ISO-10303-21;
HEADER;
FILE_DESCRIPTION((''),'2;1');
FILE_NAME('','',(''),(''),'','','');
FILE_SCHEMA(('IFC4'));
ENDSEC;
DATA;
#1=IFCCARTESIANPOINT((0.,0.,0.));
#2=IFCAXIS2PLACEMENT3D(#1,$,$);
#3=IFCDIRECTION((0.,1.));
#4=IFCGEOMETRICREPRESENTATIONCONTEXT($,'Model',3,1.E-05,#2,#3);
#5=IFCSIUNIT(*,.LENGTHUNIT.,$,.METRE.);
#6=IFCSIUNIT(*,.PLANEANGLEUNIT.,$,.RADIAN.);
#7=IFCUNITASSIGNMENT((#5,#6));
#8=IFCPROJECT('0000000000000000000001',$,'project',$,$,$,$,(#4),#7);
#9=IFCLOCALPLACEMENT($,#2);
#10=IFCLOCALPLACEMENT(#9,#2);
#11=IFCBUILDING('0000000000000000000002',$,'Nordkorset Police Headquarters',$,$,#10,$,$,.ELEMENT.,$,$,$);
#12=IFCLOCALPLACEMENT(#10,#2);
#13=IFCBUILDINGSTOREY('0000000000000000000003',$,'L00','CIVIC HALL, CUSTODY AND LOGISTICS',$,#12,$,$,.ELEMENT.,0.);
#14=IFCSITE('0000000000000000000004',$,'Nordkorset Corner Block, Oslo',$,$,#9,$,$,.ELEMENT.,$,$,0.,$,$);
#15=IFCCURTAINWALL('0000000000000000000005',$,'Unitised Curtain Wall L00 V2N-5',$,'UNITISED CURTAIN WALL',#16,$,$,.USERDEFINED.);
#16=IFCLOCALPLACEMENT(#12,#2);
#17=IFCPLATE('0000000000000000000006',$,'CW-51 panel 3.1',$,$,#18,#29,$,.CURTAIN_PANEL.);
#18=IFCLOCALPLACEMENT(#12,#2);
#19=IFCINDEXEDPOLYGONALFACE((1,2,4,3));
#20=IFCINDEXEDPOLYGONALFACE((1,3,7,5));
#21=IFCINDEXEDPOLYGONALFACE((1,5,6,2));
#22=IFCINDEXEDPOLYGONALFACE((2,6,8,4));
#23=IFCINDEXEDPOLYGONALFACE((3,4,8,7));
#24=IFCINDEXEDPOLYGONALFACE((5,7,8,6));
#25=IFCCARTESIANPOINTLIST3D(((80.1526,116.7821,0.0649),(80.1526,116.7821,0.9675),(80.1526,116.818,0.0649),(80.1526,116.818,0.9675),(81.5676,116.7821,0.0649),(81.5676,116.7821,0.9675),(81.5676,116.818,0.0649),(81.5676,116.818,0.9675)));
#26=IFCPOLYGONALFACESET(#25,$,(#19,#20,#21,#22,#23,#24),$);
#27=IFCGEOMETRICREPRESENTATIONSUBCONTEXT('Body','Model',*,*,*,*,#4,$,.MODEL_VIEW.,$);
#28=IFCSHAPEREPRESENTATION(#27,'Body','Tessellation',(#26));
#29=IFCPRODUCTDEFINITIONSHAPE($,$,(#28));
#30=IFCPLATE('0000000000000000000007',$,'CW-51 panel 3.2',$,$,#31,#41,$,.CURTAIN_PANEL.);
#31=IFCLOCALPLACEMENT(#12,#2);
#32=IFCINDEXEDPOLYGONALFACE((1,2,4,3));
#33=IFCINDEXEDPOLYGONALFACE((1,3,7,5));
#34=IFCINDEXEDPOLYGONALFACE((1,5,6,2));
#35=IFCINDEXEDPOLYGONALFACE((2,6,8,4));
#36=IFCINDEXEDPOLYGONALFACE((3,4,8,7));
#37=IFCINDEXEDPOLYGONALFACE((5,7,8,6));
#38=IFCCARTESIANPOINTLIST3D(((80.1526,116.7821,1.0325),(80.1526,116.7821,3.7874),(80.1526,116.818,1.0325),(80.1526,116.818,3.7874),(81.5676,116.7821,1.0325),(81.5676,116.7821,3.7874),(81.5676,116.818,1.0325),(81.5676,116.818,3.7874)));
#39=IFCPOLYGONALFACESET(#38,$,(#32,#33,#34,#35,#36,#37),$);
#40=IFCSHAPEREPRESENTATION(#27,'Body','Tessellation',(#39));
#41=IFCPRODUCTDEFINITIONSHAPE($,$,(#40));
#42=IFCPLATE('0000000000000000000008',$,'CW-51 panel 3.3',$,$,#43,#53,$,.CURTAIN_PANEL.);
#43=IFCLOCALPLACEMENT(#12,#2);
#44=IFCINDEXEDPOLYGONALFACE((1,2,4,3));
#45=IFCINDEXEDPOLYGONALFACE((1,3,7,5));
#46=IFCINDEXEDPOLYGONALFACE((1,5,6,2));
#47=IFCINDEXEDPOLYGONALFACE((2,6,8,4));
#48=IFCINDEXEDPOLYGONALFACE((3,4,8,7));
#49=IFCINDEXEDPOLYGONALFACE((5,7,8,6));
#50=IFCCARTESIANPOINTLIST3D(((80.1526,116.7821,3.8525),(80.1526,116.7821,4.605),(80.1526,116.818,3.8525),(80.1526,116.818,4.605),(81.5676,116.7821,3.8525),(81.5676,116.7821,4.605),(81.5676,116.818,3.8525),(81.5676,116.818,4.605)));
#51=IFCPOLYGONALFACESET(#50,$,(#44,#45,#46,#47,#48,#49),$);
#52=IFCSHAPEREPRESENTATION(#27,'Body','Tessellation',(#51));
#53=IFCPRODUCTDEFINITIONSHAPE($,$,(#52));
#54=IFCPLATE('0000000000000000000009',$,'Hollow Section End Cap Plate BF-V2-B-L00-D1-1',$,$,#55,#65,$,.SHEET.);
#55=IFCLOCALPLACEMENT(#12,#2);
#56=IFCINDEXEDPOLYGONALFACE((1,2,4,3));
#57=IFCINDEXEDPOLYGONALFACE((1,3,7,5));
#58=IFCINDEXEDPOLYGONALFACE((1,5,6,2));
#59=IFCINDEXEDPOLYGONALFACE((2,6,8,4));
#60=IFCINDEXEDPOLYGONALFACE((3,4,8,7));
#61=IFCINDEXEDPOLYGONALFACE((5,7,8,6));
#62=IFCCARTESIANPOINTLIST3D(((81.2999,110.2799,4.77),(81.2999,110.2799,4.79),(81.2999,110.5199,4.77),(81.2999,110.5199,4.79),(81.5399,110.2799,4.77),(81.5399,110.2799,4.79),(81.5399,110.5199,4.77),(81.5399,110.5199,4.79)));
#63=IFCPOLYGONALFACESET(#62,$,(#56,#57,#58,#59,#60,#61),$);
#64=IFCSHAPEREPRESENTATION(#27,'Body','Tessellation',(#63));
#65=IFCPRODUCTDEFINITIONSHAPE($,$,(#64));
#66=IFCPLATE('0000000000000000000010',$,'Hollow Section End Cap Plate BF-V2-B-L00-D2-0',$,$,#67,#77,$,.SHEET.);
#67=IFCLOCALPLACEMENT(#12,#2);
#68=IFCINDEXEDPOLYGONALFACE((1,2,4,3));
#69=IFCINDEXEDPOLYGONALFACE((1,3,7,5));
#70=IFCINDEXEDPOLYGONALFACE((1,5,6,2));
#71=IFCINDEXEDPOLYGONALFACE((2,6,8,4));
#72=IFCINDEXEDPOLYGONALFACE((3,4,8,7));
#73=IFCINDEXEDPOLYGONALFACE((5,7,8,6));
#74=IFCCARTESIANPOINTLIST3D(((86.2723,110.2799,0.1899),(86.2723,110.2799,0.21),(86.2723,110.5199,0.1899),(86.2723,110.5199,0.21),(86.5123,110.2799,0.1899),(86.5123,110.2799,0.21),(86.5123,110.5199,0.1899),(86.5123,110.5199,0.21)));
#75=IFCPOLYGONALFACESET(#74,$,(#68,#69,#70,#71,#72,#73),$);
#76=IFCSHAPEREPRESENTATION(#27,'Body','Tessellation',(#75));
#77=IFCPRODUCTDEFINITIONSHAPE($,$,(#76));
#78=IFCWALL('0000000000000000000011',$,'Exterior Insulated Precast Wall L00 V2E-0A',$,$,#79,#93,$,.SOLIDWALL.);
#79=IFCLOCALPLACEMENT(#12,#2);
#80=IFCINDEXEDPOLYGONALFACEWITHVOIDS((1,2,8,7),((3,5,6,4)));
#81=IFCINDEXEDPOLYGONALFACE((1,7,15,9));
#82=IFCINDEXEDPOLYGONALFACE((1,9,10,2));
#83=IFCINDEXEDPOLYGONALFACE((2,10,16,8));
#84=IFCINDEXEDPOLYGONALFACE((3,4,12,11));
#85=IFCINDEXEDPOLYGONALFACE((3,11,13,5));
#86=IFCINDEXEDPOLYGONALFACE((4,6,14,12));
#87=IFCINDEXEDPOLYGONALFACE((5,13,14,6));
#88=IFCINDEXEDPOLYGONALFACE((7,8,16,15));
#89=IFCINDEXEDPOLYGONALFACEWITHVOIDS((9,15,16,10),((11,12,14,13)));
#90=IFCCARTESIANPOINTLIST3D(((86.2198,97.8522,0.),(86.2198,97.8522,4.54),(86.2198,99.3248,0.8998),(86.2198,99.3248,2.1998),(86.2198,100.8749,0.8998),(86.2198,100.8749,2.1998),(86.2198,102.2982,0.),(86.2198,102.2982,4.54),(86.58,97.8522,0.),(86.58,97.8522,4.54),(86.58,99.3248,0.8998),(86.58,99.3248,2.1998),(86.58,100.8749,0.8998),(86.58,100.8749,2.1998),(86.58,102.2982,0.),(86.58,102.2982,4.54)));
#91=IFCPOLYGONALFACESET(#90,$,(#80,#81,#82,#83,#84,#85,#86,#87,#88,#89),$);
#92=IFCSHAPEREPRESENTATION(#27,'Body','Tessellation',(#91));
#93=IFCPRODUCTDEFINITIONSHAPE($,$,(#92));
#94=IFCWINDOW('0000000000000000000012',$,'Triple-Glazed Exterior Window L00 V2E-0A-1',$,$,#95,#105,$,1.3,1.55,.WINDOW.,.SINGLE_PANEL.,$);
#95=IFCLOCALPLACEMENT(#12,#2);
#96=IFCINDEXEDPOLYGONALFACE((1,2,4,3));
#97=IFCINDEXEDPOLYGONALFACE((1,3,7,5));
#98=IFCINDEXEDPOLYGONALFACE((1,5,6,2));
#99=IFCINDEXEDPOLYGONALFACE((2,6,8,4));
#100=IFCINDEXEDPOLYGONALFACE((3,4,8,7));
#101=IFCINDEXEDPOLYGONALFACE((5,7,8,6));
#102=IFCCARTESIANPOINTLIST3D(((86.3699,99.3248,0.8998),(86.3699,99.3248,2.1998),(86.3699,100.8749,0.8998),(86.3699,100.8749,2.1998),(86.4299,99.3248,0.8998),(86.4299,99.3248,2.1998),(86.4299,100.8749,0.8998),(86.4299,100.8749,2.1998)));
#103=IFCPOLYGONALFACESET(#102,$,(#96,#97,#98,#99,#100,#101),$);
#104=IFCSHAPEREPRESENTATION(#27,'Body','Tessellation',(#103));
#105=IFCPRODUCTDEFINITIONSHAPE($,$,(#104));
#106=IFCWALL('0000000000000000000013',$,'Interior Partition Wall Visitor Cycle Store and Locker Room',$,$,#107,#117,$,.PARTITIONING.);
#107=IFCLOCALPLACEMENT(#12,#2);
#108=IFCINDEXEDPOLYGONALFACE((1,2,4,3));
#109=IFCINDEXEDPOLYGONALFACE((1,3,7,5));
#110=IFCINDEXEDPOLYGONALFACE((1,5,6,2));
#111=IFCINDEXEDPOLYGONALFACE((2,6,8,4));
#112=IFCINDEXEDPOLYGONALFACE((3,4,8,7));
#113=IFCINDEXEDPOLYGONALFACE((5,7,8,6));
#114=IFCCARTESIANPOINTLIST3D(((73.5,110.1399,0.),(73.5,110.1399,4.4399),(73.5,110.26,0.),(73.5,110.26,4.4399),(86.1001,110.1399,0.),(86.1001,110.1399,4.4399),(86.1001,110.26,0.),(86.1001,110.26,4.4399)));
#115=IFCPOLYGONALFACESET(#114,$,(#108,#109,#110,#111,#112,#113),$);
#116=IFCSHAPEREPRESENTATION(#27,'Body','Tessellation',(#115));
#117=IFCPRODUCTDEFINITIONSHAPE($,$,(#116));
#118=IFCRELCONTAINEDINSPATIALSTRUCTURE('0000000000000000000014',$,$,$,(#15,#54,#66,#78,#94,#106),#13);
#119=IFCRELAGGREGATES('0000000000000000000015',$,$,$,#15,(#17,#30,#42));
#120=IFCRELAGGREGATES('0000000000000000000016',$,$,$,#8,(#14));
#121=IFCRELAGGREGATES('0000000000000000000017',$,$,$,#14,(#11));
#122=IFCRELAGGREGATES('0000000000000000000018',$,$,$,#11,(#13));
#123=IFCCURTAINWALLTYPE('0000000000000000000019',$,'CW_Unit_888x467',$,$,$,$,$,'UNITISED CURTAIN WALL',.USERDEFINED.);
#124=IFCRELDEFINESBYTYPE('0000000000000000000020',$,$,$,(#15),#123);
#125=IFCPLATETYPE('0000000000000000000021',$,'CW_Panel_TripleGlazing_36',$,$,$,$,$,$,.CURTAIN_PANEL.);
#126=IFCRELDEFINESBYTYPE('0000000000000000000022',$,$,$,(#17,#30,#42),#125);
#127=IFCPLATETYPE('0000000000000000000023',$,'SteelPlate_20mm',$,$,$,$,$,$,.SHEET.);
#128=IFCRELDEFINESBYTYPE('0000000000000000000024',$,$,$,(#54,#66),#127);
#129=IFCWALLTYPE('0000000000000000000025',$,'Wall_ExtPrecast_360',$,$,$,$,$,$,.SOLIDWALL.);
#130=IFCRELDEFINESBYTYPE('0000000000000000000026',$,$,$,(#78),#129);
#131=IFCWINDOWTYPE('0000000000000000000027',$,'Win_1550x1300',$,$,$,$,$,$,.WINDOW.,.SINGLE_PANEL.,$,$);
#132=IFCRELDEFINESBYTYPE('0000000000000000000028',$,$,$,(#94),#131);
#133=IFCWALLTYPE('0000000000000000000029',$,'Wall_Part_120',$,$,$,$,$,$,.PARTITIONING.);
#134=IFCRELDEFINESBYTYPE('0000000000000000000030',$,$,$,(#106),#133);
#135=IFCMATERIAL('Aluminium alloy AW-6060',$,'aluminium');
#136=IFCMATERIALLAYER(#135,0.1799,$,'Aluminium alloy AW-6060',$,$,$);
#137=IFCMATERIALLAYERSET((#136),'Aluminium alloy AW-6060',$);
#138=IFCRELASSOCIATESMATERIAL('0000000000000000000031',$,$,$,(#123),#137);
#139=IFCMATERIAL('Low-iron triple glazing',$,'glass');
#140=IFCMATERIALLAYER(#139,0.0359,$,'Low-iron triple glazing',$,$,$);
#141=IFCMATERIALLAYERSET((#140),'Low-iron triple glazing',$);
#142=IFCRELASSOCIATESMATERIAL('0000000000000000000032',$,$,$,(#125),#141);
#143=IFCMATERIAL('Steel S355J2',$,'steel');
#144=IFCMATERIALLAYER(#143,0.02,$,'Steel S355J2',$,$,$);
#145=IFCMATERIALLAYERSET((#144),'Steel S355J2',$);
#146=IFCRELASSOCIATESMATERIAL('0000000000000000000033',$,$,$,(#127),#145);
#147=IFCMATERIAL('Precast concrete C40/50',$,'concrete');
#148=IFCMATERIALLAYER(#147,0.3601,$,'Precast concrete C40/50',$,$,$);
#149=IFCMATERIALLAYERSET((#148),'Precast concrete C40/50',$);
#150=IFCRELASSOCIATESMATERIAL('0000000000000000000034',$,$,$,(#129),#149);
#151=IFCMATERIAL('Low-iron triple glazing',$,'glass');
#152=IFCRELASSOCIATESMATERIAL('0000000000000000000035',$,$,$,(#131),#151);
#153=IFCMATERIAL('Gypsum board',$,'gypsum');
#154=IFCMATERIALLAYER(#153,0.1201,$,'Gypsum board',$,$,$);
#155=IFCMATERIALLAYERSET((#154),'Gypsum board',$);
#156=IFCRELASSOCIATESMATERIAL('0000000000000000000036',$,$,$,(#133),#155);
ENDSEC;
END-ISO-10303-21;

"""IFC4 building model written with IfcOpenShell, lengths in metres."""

from ifc_helpers import new_model, si_unit, direction, frame, frame_2d, origin, origin_2d, place, context, subcontext, project, spatial, rectangle, extrude, material, layer, layer_set, type_object, element, fill, aggregate, save


model = new_model("IFC4")

# Units and contexts
model_context = context("Model", 3, precision=1e-05, world=origin(), true_north=direction((0.0, 1.0)))
body_context = subcontext(model_context, "Body", "Model", "MODEL_VIEW")
ifc_project = project(units=[si_unit("LENGTHUNIT", "METRE"), si_unit("PLANEANGLEUNIT", "RADIAN")], contexts=[model_context])

# Site, building, storey
site_placement = place(None, origin())
site = spatial("IfcSite", under=ifc_project, at=site_placement, Name="Nordkorset Corner Block, Oslo", CompositionType="ELEMENT", RefElevation=0.0)
building_placement = place(site_placement, origin())
building = spatial("IfcBuilding", under=site, at=building_placement, Name="Nordkorset Police Headquarters", CompositionType="ELEMENT")
storey_placement = place(building_placement, origin())
storey = spatial("IfcBuildingStorey", under=building, at=storey_placement, Name="L00", Description="CIVIC HALL, CUSTODY AND LOGISTICS", CompositionType="ELEMENT", Elevation=0.0)

# Curtain wall
ifc_material_1 = material(Name="Aluminium alloy AW-6060", Category="aluminium")
ifc_layer_1 = layer(ifc_material_1, 0.1799, Name="Aluminium alloy AW-6060")
ifc_layer_set_1 = layer_set([ifc_layer_1], Name="Aluminium alloy AW-6060")
curtain_wall_type = type_object("IfcCurtainWallType", Name="CW_Unit_888x467", ElementType="UNITISED CURTAIN WALL", PredefinedType="USERDEFINED", material=ifc_layer_set_1)
curtain_wall_placement = place(storey_placement, origin())
curtain_wall = element("IfcCurtainWall", 1, at=curtain_wall_placement, inside=storey, type_object=curtain_wall_type, Name="Unitised Curtain Wall L00 V2N-5", ObjectType="UNITISED CURTAIN WALL", PredefinedType="USERDEFINED")

# Plates
ifc_material_2 = material(Name="Low-iron triple glazing", Category="glass")
ifc_layer_2 = layer(ifc_material_2, 0.0359, Name="Low-iron triple glazing")
ifc_layer_set_2 = layer_set([ifc_layer_2], Name="Low-iron triple glazing")
plate_type_1 = type_object("IfcPlateType", Name="CW_Panel_TripleGlazing_36", PredefinedType="CURTAIN_PANEL", material=ifc_layer_set_2)
plate_1_placement = place(storey_placement, frame((80.8601, 116.8, 0.0649), z_axis=(0.0, 0.0, 1.0), x_axis=(1.0, 0.0, 0.0)))
plate_1 = element("IfcPlate", 2, at=plate_1_placement, type_object=plate_type_1, Name="CW-51 panel 3.1", PredefinedType="CURTAIN_PANEL", context=body_context, shape_type="SweptSolid", body=[
    extrude(rectangle(XDim=1.415, YDim=0.0359, at=origin_2d()), origin(), (0.0, 0.0, 1.0), 0.9026),
])
plate_2_placement = place(storey_placement, frame((80.8601, 116.8, 1.0325), z_axis=(0.0, 0.0, 1.0), x_axis=(1.0, 0.0, 0.0)))
plate_2 = element("IfcPlate", 3, at=plate_2_placement, type_object=plate_type_1, Name="CW-51 panel 3.2", PredefinedType="CURTAIN_PANEL", context=body_context, shape_type="SweptSolid", body=[
    extrude(rectangle(XDim=1.415, YDim=0.0359, at=origin_2d()), origin(), (0.0, 0.0, 1.0), 2.7549),
])
plate_3_placement = place(storey_placement, frame((80.8601, 116.8, 3.8525), z_axis=(0.0, 0.0, 1.0), x_axis=(1.0, 0.0, 0.0)))
plate_3 = element("IfcPlate", 4, at=plate_3_placement, type_object=plate_type_1, Name="CW-51 panel 3.3", PredefinedType="CURTAIN_PANEL", context=body_context, shape_type="SweptSolid", body=[
    extrude(rectangle(XDim=1.415, YDim=0.0359, at=origin_2d()), origin(), (0.0, 0.0, 1.0), 0.7524),
])
aggregate(curtain_wall, [plate_1, plate_2, plate_3])

# Plates
ifc_material_3 = material(Name="Steel S355J2", Category="steel")
ifc_layer_3 = layer(ifc_material_3, 0.02, Name="Steel S355J2")
ifc_layer_set_3 = layer_set([ifc_layer_3], Name="Steel S355J2")
plate_type_2 = type_object("IfcPlateType", Name="SteelPlate_20mm", PredefinedType="SHEET", material=ifc_layer_set_3)
for number, where, z_axis, x_axis, name in (
    (5, (81.4199, 110.3999, 4.77), (0.0, 0.0, 1.0), (1.0, 0.0, 0.0), "Hollow Section End Cap Plate BF-V2-B-L00-D1-1"),
    (6, (86.3923, 110.3999, 0.1899), (0.0, 0.0, 1.0), (1.0, 0.0, 0.0), "Hollow Section End Cap Plate BF-V2-B-L00-D2-0"),
):
    element("IfcPlate", number, at=place(storey_placement, frame(where, z_axis=z_axis, x_axis=x_axis)), inside=storey, type_object=plate_type_2, Name=name, PredefinedType="SHEET", context=body_context, shape_type="SweptSolid", body=[
        extrude(rectangle(XDim=0.24, YDim=0.24, at=origin_2d()), origin(), (0.0, 0.0, 1.0), 0.02),
    ])

# Wall, opening, window
ifc_material_4 = material(Name="Precast concrete C40/50", Category="concrete")
ifc_layer_4 = layer(ifc_material_4, 0.3601, Name="Precast concrete C40/50")
ifc_layer_set_4 = layer_set([ifc_layer_4], Name="Precast concrete C40/50")
wall_type_1 = type_object("IfcWallType", Name="Wall_ExtPrecast_360", PredefinedType="SOLIDWALL", material=ifc_layer_set_4)
wall_1_placement = place(storey_placement, frame((86.3999, 97.8521, 0.0), z_axis=(0.0, 0.0, 1.0), x_axis=(0.0, 1.0, 0.0)))
wall_1 = element("IfcWall", 7, at=wall_1_placement, inside=storey, type_object=wall_type_1, Name="Exterior Insulated Precast Wall L00 V2E-0A", PredefinedType="SOLIDWALL", context=body_context, shape_type="SweptSolid", body=[
    extrude(rectangle(XDim=4.446, YDim=0.3601, at=frame_2d((2.2231, 0.0))), origin(), (0.0, 0.0, 1.0), 4.54),
])
opening_placement = place(wall_1_placement, frame((1.4729, 0.0, 0.8999)))
opening = element("IfcOpeningElement", 8, at=opening_placement, cuts=wall_1, PredefinedType="OPENING", context=body_context, shape_type="SweptSolid", body=[
    extrude(rectangle(XDim=1.55, YDim=1.3, at=frame_2d((0.7749, 0.6499))), frame((0.0, 0.1899, 0.0), z_axis=(0.0, -1.0, 0.0), x_axis=(1.0, 0.0, 0.0)), (0.0, 0.0, 1.0), 0.3801),
])
ifc_material_5 = material(Name="Low-iron triple glazing", Category="glass")
window_type = type_object("IfcWindowType", Name="Win_1550x1300", PartitioningType="SINGLE_PANEL", PredefinedType="WINDOW", material=ifc_material_5)
window_placement = place(opening_placement, origin())
window = element("IfcWindow", 9, at=window_placement, inside=storey, type_object=window_type, Name="Triple-Glazed Exterior Window L00 V2E-0A-1", OverallHeight=1.3, OverallWidth=1.55, PartitioningType="SINGLE_PANEL", PredefinedType="WINDOW", context=body_context, shape_type="SweptSolid", body=[
    extrude(rectangle(XDim=1.55, YDim=1.3, at=frame_2d((0.7749, 0.6499))), frame((0.0, 0.03, 0.0), z_axis=(0.0, -1.0, 0.0), x_axis=(1.0, 0.0, 0.0)), (0.0, 0.0, 1.0), 0.0601),
])
fill(opening, window)

# Wall
ifc_material_6 = material(Name="Gypsum board", Category="gypsum")
ifc_layer_5 = layer(ifc_material_6, 0.1201, Name="Gypsum board")
ifc_layer_set_5 = layer_set([ifc_layer_5], Name="Gypsum board")
wall_type_2 = type_object("IfcWallType", Name="Wall_Part_120", PredefinedType="PARTITIONING", material=ifc_layer_set_5)
wall_2_placement = place(storey_placement, frame((86.1001, 110.2, 0.0), z_axis=(0.0, 0.0, 1.0), x_axis=(-1.0, 0.0, 0.0)))
element("IfcWall", 10, at=wall_2_placement, inside=storey, type_object=wall_type_2, Name="Interior Partition Wall Visitor Cycle Store and Locker Room", PredefinedType="PARTITIONING", context=body_context, shape_type="SweptSolid", body=[
    extrude(rectangle(XDim=12.6001, YDim=0.1201, at=frame_2d((6.3, 0.0))), origin(), (0.0, 0.0, 1.0), 4.4399),
])

save(model, "model.ifc")
